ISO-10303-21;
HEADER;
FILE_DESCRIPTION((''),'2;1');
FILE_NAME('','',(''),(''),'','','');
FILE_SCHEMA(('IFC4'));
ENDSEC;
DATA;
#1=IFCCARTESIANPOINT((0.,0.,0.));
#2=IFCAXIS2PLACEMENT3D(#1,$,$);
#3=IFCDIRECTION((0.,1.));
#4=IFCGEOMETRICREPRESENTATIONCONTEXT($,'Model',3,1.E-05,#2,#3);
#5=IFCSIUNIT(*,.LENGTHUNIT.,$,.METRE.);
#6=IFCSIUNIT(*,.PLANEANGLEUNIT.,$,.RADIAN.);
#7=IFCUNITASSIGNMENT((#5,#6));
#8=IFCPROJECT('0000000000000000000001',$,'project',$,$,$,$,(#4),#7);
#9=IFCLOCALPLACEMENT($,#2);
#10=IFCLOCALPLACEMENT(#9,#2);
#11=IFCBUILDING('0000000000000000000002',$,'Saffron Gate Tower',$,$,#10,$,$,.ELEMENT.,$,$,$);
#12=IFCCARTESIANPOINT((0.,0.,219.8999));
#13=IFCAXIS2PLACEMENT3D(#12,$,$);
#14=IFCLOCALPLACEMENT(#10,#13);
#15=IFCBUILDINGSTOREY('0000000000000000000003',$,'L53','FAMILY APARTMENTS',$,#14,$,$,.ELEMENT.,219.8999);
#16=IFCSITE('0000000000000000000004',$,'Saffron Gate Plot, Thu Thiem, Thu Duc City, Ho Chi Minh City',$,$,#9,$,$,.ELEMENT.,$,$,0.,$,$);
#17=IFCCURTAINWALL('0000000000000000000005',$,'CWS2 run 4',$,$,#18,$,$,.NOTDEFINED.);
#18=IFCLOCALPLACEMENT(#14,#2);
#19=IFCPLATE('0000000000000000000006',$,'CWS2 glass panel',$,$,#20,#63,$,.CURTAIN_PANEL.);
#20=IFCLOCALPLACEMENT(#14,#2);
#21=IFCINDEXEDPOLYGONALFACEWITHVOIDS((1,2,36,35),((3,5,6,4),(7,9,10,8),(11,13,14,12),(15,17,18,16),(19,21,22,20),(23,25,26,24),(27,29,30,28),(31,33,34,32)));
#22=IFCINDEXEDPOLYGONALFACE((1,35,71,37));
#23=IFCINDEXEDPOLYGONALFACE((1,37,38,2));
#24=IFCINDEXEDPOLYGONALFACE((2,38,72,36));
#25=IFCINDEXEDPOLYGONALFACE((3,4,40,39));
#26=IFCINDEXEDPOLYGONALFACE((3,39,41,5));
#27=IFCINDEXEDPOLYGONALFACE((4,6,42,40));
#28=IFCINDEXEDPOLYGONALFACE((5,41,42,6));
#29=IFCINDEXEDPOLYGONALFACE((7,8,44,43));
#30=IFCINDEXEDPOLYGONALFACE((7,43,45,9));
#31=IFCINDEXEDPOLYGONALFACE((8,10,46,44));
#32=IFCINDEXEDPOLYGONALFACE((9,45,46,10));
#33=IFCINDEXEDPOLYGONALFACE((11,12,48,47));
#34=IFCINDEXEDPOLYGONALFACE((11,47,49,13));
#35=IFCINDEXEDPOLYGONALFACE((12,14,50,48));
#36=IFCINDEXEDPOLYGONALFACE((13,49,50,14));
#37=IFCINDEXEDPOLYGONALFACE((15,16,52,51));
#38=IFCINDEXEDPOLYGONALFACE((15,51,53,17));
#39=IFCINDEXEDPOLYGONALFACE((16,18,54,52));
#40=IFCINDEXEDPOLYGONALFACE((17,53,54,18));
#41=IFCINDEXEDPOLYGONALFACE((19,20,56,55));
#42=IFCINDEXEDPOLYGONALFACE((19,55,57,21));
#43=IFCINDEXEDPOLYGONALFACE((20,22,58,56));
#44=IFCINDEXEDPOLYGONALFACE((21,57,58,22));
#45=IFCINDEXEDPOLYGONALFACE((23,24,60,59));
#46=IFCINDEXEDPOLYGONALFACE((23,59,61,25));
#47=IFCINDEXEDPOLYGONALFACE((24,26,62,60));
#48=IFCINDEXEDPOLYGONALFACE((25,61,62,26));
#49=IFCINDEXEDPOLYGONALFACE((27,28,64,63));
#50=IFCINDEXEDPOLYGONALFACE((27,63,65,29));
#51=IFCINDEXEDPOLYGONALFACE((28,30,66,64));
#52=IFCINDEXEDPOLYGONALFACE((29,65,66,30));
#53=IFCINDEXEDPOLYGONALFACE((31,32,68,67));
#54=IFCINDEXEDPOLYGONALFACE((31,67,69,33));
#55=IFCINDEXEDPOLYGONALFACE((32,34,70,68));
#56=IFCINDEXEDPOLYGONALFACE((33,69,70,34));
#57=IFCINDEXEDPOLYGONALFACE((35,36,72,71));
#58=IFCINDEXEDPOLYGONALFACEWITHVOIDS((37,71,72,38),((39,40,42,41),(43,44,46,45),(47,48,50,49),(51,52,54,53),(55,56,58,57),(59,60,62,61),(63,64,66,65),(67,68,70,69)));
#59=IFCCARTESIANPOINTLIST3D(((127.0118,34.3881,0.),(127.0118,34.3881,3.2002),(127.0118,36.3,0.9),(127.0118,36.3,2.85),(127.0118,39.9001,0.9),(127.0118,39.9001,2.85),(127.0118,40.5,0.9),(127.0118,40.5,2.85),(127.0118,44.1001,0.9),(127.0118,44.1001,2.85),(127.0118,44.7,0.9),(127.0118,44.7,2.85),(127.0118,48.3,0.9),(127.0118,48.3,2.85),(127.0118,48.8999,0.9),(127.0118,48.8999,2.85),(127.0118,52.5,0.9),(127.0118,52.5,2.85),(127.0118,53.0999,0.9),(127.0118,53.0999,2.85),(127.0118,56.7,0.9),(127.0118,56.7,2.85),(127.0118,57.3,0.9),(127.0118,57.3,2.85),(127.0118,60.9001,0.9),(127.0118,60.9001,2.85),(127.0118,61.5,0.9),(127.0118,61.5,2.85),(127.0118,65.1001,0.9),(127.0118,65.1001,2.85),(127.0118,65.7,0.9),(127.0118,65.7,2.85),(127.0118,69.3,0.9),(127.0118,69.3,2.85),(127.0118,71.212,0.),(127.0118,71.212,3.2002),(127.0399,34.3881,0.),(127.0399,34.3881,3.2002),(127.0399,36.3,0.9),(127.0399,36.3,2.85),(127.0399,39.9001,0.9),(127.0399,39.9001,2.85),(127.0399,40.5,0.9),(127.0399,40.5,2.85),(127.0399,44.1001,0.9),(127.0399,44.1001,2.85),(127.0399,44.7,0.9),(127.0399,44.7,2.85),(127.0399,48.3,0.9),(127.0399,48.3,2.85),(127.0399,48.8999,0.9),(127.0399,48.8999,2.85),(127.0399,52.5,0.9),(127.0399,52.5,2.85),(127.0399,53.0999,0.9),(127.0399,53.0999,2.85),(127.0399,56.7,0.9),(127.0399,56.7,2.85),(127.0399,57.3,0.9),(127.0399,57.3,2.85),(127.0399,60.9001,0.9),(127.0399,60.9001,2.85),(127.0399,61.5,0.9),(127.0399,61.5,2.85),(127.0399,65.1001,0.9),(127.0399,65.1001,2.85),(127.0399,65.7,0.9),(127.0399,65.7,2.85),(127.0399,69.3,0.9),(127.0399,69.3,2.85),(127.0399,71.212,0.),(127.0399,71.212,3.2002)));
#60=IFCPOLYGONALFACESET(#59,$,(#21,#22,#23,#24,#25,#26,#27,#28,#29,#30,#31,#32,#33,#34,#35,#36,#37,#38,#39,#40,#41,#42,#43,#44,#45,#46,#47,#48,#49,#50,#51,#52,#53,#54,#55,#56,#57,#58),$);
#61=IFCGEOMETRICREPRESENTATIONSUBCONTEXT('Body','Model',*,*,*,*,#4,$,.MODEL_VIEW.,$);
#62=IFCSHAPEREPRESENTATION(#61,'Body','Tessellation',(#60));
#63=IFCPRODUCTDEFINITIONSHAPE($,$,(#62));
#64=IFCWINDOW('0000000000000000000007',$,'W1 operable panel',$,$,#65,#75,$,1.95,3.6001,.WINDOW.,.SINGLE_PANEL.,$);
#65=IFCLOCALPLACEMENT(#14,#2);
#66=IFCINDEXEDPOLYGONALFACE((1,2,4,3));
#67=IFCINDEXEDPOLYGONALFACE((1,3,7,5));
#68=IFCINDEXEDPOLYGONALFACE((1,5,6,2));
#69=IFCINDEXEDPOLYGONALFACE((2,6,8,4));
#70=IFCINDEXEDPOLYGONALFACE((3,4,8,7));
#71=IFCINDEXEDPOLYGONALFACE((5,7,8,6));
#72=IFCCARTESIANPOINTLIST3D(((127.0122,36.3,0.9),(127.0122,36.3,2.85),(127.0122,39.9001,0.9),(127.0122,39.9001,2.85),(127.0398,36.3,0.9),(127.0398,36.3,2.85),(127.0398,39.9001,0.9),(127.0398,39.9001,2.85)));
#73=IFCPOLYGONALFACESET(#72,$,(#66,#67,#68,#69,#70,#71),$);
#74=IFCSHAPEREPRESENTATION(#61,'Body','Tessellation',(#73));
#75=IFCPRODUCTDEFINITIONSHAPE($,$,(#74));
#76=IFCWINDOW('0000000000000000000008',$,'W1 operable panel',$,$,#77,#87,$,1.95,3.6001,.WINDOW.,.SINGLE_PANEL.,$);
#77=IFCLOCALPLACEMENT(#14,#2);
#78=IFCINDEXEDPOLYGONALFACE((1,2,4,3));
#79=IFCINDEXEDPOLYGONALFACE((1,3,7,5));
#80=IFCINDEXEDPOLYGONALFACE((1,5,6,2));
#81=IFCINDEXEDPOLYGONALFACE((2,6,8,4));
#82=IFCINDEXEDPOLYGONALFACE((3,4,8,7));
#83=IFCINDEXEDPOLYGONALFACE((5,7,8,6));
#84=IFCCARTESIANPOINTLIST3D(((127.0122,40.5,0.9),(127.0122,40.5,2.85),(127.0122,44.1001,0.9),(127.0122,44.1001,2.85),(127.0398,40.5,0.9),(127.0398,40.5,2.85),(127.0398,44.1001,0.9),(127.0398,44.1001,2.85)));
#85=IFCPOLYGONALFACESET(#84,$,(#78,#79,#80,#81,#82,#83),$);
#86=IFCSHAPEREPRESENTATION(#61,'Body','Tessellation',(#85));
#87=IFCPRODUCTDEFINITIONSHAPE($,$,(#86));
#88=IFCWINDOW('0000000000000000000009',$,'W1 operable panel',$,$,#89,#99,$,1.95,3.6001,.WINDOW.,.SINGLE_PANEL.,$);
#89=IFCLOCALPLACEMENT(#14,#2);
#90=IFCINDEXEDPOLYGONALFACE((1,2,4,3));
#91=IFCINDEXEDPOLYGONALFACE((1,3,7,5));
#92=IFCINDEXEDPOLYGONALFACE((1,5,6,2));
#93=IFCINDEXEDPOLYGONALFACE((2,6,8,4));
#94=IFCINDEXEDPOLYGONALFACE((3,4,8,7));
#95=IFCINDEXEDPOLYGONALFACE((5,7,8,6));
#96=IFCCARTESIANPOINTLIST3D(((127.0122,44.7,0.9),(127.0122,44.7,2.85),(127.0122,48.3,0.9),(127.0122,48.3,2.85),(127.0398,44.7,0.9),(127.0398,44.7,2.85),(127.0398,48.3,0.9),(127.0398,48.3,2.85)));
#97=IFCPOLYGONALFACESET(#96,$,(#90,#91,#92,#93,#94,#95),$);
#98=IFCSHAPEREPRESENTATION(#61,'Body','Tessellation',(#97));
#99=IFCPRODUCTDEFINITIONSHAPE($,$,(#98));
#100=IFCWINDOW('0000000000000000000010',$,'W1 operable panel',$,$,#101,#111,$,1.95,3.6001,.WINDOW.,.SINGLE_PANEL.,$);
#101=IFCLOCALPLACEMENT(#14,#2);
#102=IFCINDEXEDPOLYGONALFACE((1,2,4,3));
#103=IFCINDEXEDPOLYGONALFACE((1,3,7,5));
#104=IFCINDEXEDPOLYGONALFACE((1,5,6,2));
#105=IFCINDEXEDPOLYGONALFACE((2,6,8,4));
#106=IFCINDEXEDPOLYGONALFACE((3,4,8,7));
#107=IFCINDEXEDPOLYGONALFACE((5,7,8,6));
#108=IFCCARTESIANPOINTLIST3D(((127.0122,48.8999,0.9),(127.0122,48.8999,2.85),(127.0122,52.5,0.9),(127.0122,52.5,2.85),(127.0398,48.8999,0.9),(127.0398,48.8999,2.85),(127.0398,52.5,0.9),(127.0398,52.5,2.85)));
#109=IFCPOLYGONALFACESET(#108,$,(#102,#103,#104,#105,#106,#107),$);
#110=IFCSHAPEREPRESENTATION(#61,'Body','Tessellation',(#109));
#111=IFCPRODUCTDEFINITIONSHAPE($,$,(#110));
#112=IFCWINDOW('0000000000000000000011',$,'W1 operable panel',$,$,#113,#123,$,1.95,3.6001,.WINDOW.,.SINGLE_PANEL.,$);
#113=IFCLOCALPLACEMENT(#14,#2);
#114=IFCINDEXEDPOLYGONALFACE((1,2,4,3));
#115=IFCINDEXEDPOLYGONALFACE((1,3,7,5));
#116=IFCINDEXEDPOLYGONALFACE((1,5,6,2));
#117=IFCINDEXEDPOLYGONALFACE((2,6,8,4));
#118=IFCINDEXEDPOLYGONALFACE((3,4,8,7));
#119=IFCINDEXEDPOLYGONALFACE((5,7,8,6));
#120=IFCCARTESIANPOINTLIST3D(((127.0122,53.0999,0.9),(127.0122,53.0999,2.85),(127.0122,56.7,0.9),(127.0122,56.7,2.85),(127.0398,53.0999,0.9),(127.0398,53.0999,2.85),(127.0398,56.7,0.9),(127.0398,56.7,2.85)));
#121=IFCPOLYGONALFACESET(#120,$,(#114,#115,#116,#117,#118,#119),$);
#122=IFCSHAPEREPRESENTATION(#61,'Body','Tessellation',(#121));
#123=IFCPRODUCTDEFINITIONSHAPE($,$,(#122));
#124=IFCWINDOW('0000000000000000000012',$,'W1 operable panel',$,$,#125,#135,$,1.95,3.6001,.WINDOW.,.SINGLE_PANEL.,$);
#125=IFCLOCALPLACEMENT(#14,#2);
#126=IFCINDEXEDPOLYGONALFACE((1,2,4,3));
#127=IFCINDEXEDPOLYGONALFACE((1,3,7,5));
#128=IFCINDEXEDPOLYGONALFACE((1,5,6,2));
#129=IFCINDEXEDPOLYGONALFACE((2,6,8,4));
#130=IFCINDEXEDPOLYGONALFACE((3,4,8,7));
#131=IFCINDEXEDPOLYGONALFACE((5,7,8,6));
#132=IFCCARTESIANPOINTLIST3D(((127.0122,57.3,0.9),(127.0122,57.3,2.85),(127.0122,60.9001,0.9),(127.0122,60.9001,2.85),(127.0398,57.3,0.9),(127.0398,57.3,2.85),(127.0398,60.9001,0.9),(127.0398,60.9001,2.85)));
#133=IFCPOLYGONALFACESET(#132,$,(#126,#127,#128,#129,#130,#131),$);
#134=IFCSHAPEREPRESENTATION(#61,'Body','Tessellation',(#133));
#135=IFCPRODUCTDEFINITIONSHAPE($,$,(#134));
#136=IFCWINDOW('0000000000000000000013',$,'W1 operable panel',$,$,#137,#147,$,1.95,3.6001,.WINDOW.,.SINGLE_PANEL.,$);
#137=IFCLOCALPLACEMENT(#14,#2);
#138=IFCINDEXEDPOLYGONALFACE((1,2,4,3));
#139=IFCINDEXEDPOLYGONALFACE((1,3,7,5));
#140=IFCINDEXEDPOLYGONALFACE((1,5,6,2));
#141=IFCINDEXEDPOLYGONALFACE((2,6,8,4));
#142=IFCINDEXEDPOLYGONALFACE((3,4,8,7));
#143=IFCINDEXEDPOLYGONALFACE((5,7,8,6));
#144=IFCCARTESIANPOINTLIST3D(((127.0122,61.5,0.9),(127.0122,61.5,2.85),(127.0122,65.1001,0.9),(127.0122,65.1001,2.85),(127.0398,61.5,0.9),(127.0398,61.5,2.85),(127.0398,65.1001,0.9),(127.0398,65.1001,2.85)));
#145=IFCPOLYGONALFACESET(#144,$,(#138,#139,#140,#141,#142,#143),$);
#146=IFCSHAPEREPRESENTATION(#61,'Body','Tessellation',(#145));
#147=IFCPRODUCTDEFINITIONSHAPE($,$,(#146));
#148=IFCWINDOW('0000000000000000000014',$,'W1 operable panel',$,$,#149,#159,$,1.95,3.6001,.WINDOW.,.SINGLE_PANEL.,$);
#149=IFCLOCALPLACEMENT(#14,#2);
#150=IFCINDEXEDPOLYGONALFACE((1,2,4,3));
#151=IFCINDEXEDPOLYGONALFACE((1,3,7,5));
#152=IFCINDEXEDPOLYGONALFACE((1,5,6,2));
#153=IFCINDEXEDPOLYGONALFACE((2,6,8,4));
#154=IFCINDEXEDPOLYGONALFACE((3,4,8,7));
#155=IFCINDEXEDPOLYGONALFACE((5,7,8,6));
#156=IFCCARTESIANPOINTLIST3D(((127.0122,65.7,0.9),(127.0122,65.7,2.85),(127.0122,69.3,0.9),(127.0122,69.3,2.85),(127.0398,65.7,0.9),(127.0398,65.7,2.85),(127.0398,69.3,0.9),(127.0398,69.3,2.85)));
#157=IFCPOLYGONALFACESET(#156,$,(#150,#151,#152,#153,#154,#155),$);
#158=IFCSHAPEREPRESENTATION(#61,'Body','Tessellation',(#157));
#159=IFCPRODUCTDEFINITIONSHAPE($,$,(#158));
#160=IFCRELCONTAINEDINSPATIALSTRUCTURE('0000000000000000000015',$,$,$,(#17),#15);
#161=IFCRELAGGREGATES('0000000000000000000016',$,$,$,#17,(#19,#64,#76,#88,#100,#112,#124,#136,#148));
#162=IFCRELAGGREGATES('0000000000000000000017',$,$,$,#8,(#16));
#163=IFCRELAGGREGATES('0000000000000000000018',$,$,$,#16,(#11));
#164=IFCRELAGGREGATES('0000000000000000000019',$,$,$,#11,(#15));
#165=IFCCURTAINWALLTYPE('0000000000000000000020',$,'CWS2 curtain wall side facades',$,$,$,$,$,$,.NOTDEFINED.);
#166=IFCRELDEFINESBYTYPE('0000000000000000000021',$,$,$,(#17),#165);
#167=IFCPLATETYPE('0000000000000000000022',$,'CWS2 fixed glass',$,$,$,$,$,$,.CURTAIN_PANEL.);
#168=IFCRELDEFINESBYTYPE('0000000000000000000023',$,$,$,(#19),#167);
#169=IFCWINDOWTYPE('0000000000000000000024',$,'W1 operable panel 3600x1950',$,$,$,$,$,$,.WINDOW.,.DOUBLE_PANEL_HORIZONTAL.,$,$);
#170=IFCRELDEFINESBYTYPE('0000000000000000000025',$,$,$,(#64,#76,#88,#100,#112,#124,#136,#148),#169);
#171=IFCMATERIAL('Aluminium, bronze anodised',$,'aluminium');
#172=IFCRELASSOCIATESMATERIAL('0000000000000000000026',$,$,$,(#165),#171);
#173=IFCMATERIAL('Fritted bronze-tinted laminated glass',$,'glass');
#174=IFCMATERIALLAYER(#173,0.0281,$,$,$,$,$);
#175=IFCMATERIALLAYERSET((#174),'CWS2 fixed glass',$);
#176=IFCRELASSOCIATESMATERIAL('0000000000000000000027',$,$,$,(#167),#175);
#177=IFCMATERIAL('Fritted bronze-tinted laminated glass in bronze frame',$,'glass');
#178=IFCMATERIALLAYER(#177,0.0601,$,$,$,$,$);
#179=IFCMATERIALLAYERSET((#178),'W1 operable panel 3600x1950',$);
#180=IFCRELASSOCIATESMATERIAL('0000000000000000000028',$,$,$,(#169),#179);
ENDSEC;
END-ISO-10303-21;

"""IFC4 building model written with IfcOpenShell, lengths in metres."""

from ifc_helpers import new_model, si_unit, direction, frame, frame_2d, origin, place, context, subcontext, project, spatial, rectangle, extrude, material, layer, layer_set, type_object, element, fill, aggregate, save


model = new_model("IFC4")

# Units and contexts
model_context = context("Model", 3, precision=1e-05, world=origin(), true_north=direction((0.0, 1.0)))
body_context = subcontext(model_context, "Body", "Model", "MODEL_VIEW")
ifc_project = project(units=[si_unit("LENGTHUNIT", "METRE"), si_unit("PLANEANGLEUNIT", "RADIAN")], contexts=[model_context])

# Site, building, storey
site_placement = place(None, origin())
site = spatial("IfcSite", under=ifc_project, at=site_placement, Name="Saffron Gate Plot, Thu Thiem, Thu Duc City, Ho Chi Minh City", CompositionType="ELEMENT", RefElevation=0.0)
building_placement = place(site_placement, origin())
building = spatial("IfcBuilding", under=site, at=building_placement, Name="Saffron Gate Tower", CompositionType="ELEMENT")
storey_placement = place(building_placement, frame((0.0, 0.0, 219.8999)))
storey = spatial("IfcBuildingStorey", under=building, at=storey_placement, Name="L53", Description="FAMILY APARTMENTS", CompositionType="ELEMENT", Elevation=219.8999)

# Curtain wall, plate, openings, windows
ifc_material_1 = material(Name="Aluminium, bronze anodised", Category="aluminium")
curtain_wall_type = type_object("IfcCurtainWallType", Name="CWS2 curtain wall side facades", PredefinedType="NOTDEFINED", material=ifc_material_1)
curtain_wall_placement = place(storey_placement, origin())
curtain_wall = element("IfcCurtainWall", 1, at=curtain_wall_placement, inside=storey, type_object=curtain_wall_type, Name="CWS2 run 4", PredefinedType="NOTDEFINED")
ifc_material_2 = material(Name="Fritted bronze-tinted laminated glass", Category="glass")
ifc_layer_1 = layer(ifc_material_2, 0.0281)
ifc_layer_set_1 = layer_set([ifc_layer_1], Name="CWS2 fixed glass")
plate_type = type_object("IfcPlateType", Name="CWS2 fixed glass", PredefinedType="CURTAIN_PANEL", material=ifc_layer_set_1)
plate_placement = place(storey_placement, frame((127.0259, 34.3879, 0.0), z_axis=(0.0, 0.0, 1.0), x_axis=(0.0, 1.0, 0.0)))
plate = element("IfcPlate", 2, at=plate_placement, type_object=plate_type, Name="CWS2 glass panel", PredefinedType="CURTAIN_PANEL", context=body_context, shape_type="SweptSolid", body=[
    extrude(rectangle(XDim=36.824, YDim=0.0281, at=frame_2d((18.4121, 0.0))), origin(), (0.0, 0.0, 1.0), 3.2002),
])
opening_1_placement = place(plate_placement, frame((1.9121, 0.0, 0.8999)))
opening_1 = element("IfcOpeningElement", 3, at=opening_1_placement, cuts=plate, PredefinedType="OPENING", context=body_context, shape_type="SweptSolid", body=[
    extrude(rectangle(XDim=3.6001, YDim=1.95, at=frame_2d((1.8, 0.9751))), frame((0.0, 0.0239, 0.0), z_axis=(0.0, -1.0, 0.0), x_axis=(1.0, 0.0, 0.0)), (0.0, 0.0, 1.0), 0.0481),
])
opening_2_placement = place(plate_placement, frame((6.1121, 0.0, 0.8999)))
opening_2 = element("IfcOpeningElement", 4, at=opening_2_placement, cuts=plate, PredefinedType="OPENING", context=body_context, shape_type="SweptSolid", body=[
    extrude(rectangle(XDim=3.6001, YDim=1.95, at=frame_2d((1.8, 0.9751))), frame((0.0, 0.0239, 0.0), z_axis=(0.0, -1.0, 0.0), x_axis=(1.0, 0.0, 0.0)), (0.0, 0.0, 1.0), 0.0481),
])
opening_3_placement = place(plate_placement, frame((10.312, 0.0, 0.8999)))
opening_3 = element("IfcOpeningElement", 5, at=opening_3_placement, cuts=plate, PredefinedType="OPENING", context=body_context, shape_type="SweptSolid", body=[
    extrude(rectangle(XDim=3.6001, YDim=1.95, at=frame_2d((1.8, 0.9751))), frame((0.0, 0.0239, 0.0), z_axis=(0.0, -1.0, 0.0), x_axis=(1.0, 0.0, 0.0)), (0.0, 0.0, 1.0), 0.0481),
])
opening_4_placement = place(plate_placement, frame((14.512, 0.0, 0.8999)))
opening_4 = element("IfcOpeningElement", 6, at=opening_4_placement, cuts=plate, PredefinedType="OPENING", context=body_context, shape_type="SweptSolid", body=[
    extrude(rectangle(XDim=3.6001, YDim=1.95, at=frame_2d((1.8, 0.9751))), frame((0.0, 0.0239, 0.0), z_axis=(0.0, -1.0, 0.0), x_axis=(1.0, 0.0, 0.0)), (0.0, 0.0, 1.0), 0.0481),
])
opening_5_placement = place(plate_placement, frame((18.7119, 0.0, 0.8999)))
opening_5 = element("IfcOpeningElement", 7, at=opening_5_placement, cuts=plate, PredefinedType="OPENING", context=body_context, shape_type="SweptSolid", body=[
    extrude(rectangle(XDim=3.6001, YDim=1.95, at=frame_2d((1.8, 0.9751))), frame((0.0, 0.0239, 0.0), z_axis=(0.0, -1.0, 0.0), x_axis=(1.0, 0.0, 0.0)), (0.0, 0.0, 1.0), 0.0481),
])
opening_6_placement = place(plate_placement, frame((22.9121, 0.0, 0.8999)))
opening_6 = element("IfcOpeningElement", 8, at=opening_6_placement, cuts=plate, PredefinedType="OPENING", context=body_context, shape_type="SweptSolid", body=[
    extrude(rectangle(XDim=3.6001, YDim=1.95, at=frame_2d((1.8, 0.9751))), frame((0.0, 0.0239, 0.0), z_axis=(0.0, -1.0, 0.0), x_axis=(1.0, 0.0, 0.0)), (0.0, 0.0, 1.0), 0.0481),
])
opening_7_placement = place(plate_placement, frame((27.1121, 0.0, 0.8999)))
opening_7 = element("IfcOpeningElement", 9, at=opening_7_placement, cuts=plate, PredefinedType="OPENING", context=body_context, shape_type="SweptSolid", body=[
    extrude(rectangle(XDim=3.6001, YDim=1.95, at=frame_2d((1.8, 0.9751))), frame((0.0, 0.0239, 0.0), z_axis=(0.0, -1.0, 0.0), x_axis=(1.0, 0.0, 0.0)), (0.0, 0.0, 1.0), 0.0481),
])
opening_8_placement = place(plate_placement, frame((31.312, 0.0, 0.8999)))
opening_8 = element("IfcOpeningElement", 10, at=opening_8_placement, cuts=plate, PredefinedType="OPENING", context=body_context, shape_type="SweptSolid", body=[
    extrude(rectangle(XDim=3.6001, YDim=1.95, at=frame_2d((1.8, 0.9751))), frame((0.0, 0.0239, 0.0), z_axis=(0.0, -1.0, 0.0), x_axis=(1.0, 0.0, 0.0)), (0.0, 0.0, 1.0), 0.0481),
])
ifc_material_3 = material(Name="Fritted bronze-tinted laminated glass in bronze frame", Category="glass")
ifc_layer_2 = layer(ifc_material_3, 0.0601)
ifc_layer_set_2 = layer_set([ifc_layer_2], Name="W1 operable panel 3600x1950")
window_type = type_object("IfcWindowType", Name="W1 operable panel 3600x1950", PartitioningType="DOUBLE_PANEL_HORIZONTAL", PredefinedType="WINDOW", material=ifc_layer_set_2)
window_1_placement = place(opening_1_placement, origin())
window_1 = element("IfcWindow", 11, at=window_1_placement, type_object=window_type, Name="W1 operable panel", OverallHeight=1.95, OverallWidth=3.6001, PartitioningType="SINGLE_PANEL", PredefinedType="WINDOW", context=body_context, shape_type="SweptSolid", body=[
    extrude(rectangle(XDim=3.6001, YDim=1.95, at=frame_2d((1.8, 0.9751))), frame((0.0, 0.0137, 0.0), z_axis=(0.0, -1.0, 0.0), x_axis=(1.0, 0.0, 0.0)), (0.0, 0.0, 1.0), 0.0276),
])
fill(opening_1, window_1)
window_2_placement = place(opening_2_placement, origin())
window_2 = element("IfcWindow", 12, at=window_2_placement, type_object=window_type, Name="W1 operable panel", OverallHeight=1.95, OverallWidth=3.6001, PartitioningType="SINGLE_PANEL", PredefinedType="WINDOW", context=body_context, shape_type="SweptSolid", body=[
    extrude(rectangle(XDim=3.6001, YDim=1.95, at=frame_2d((1.8, 0.9751))), frame((0.0, 0.0137, 0.0), z_axis=(0.0, -1.0, 0.0), x_axis=(1.0, 0.0, 0.0)), (0.0, 0.0, 1.0), 0.0276),
])
fill(opening_2, window_2)
window_3_placement = place(opening_3_placement, origin())
window_3 = element("IfcWindow", 13, at=window_3_placement, type_object=window_type, Name="W1 operable panel", OverallHeight=1.95, OverallWidth=3.6001, PartitioningType="SINGLE_PANEL", PredefinedType="WINDOW", context=body_context, shape_type="SweptSolid", body=[
    extrude(rectangle(XDim=3.6001, YDim=1.95, at=frame_2d((1.8, 0.9751))), frame((0.0, 0.0137, 0.0), z_axis=(0.0, -1.0, 0.0), x_axis=(1.0, 0.0, 0.0)), (0.0, 0.0, 1.0), 0.0276),
])
fill(opening_3, window_3)
window_4_placement = place(opening_4_placement, origin())
window_4 = element("IfcWindow", 14, at=window_4_placement, type_object=window_type, Name="W1 operable panel", OverallHeight=1.95, OverallWidth=3.6001, PartitioningType="SINGLE_PANEL", PredefinedType="WINDOW", context=body_context, shape_type="SweptSolid", body=[
    extrude(rectangle(XDim=3.6001, YDim=1.95, at=frame_2d((1.8, 0.9751))), frame((0.0, 0.0137, 0.0), z_axis=(0.0, -1.0, 0.0), x_axis=(1.0, 0.0, 0.0)), (0.0, 0.0, 1.0), 0.0276),
])
fill(opening_4, window_4)
window_5_placement = place(opening_5_placement, origin())
window_5 = element("IfcWindow", 15, at=window_5_placement, type_object=window_type, Name="W1 operable panel", OverallHeight=1.95, OverallWidth=3.6001, PartitioningType="SINGLE_PANEL", PredefinedType="WINDOW", context=body_context, shape_type="SweptSolid", body=[
    extrude(rectangle(XDim=3.6001, YDim=1.95, at=frame_2d((1.8, 0.9751))), frame((0.0, 0.0137, 0.0), z_axis=(0.0, -1.0, 0.0), x_axis=(1.0, 0.0, 0.0)), (0.0, 0.0, 1.0), 0.0276),
])
fill(opening_5, window_5)
window_6_placement = place(opening_6_placement, origin())
window_6 = element("IfcWindow", 16, at=window_6_placement, type_object=window_type, Name="W1 operable panel", OverallHeight=1.95, OverallWidth=3.6001, PartitioningType="SINGLE_PANEL", PredefinedType="WINDOW", context=body_context, shape_type="SweptSolid", body=[
    extrude(rectangle(XDim=3.6001, YDim=1.95, at=frame_2d((1.8, 0.9751))), frame((0.0, 0.0137, 0.0), z_axis=(0.0, -1.0, 0.0), x_axis=(1.0, 0.0, 0.0)), (0.0, 0.0, 1.0), 0.0276),
])
fill(opening_6, window_6)
window_7_placement = place(opening_7_placement, origin())
window_7 = element("IfcWindow", 17, at=window_7_placement, type_object=window_type, Name="W1 operable panel", OverallHeight=1.95, OverallWidth=3.6001, PartitioningType="SINGLE_PANEL", PredefinedType="WINDOW", context=body_context, shape_type="SweptSolid", body=[
    extrude(rectangle(XDim=3.6001, YDim=1.95, at=frame_2d((1.8, 0.9751))), frame((0.0, 0.0137, 0.0), z_axis=(0.0, -1.0, 0.0), x_axis=(1.0, 0.0, 0.0)), (0.0, 0.0, 1.0), 0.0276),
])
fill(opening_7, window_7)
window_8_placement = place(opening_8_placement, origin())
window_8 = element("IfcWindow", 18, at=window_8_placement, type_object=window_type, Name="W1 operable panel", OverallHeight=1.95, OverallWidth=3.6001, PartitioningType="SINGLE_PANEL", PredefinedType="WINDOW", context=body_context, shape_type="SweptSolid", body=[
    extrude(rectangle(XDim=3.6001, YDim=1.95, at=frame_2d((1.8, 0.9751))), frame((0.0, 0.0137, 0.0), z_axis=(0.0, -1.0, 0.0), x_axis=(1.0, 0.0, 0.0)), (0.0, 0.0, 1.0), 0.0276),
])
fill(opening_8, window_8)
aggregate(curtain_wall, [plate, window_1, window_2, window_3, window_4, window_5, window_6, window_7, window_8])

save(model, "model.ifc")
